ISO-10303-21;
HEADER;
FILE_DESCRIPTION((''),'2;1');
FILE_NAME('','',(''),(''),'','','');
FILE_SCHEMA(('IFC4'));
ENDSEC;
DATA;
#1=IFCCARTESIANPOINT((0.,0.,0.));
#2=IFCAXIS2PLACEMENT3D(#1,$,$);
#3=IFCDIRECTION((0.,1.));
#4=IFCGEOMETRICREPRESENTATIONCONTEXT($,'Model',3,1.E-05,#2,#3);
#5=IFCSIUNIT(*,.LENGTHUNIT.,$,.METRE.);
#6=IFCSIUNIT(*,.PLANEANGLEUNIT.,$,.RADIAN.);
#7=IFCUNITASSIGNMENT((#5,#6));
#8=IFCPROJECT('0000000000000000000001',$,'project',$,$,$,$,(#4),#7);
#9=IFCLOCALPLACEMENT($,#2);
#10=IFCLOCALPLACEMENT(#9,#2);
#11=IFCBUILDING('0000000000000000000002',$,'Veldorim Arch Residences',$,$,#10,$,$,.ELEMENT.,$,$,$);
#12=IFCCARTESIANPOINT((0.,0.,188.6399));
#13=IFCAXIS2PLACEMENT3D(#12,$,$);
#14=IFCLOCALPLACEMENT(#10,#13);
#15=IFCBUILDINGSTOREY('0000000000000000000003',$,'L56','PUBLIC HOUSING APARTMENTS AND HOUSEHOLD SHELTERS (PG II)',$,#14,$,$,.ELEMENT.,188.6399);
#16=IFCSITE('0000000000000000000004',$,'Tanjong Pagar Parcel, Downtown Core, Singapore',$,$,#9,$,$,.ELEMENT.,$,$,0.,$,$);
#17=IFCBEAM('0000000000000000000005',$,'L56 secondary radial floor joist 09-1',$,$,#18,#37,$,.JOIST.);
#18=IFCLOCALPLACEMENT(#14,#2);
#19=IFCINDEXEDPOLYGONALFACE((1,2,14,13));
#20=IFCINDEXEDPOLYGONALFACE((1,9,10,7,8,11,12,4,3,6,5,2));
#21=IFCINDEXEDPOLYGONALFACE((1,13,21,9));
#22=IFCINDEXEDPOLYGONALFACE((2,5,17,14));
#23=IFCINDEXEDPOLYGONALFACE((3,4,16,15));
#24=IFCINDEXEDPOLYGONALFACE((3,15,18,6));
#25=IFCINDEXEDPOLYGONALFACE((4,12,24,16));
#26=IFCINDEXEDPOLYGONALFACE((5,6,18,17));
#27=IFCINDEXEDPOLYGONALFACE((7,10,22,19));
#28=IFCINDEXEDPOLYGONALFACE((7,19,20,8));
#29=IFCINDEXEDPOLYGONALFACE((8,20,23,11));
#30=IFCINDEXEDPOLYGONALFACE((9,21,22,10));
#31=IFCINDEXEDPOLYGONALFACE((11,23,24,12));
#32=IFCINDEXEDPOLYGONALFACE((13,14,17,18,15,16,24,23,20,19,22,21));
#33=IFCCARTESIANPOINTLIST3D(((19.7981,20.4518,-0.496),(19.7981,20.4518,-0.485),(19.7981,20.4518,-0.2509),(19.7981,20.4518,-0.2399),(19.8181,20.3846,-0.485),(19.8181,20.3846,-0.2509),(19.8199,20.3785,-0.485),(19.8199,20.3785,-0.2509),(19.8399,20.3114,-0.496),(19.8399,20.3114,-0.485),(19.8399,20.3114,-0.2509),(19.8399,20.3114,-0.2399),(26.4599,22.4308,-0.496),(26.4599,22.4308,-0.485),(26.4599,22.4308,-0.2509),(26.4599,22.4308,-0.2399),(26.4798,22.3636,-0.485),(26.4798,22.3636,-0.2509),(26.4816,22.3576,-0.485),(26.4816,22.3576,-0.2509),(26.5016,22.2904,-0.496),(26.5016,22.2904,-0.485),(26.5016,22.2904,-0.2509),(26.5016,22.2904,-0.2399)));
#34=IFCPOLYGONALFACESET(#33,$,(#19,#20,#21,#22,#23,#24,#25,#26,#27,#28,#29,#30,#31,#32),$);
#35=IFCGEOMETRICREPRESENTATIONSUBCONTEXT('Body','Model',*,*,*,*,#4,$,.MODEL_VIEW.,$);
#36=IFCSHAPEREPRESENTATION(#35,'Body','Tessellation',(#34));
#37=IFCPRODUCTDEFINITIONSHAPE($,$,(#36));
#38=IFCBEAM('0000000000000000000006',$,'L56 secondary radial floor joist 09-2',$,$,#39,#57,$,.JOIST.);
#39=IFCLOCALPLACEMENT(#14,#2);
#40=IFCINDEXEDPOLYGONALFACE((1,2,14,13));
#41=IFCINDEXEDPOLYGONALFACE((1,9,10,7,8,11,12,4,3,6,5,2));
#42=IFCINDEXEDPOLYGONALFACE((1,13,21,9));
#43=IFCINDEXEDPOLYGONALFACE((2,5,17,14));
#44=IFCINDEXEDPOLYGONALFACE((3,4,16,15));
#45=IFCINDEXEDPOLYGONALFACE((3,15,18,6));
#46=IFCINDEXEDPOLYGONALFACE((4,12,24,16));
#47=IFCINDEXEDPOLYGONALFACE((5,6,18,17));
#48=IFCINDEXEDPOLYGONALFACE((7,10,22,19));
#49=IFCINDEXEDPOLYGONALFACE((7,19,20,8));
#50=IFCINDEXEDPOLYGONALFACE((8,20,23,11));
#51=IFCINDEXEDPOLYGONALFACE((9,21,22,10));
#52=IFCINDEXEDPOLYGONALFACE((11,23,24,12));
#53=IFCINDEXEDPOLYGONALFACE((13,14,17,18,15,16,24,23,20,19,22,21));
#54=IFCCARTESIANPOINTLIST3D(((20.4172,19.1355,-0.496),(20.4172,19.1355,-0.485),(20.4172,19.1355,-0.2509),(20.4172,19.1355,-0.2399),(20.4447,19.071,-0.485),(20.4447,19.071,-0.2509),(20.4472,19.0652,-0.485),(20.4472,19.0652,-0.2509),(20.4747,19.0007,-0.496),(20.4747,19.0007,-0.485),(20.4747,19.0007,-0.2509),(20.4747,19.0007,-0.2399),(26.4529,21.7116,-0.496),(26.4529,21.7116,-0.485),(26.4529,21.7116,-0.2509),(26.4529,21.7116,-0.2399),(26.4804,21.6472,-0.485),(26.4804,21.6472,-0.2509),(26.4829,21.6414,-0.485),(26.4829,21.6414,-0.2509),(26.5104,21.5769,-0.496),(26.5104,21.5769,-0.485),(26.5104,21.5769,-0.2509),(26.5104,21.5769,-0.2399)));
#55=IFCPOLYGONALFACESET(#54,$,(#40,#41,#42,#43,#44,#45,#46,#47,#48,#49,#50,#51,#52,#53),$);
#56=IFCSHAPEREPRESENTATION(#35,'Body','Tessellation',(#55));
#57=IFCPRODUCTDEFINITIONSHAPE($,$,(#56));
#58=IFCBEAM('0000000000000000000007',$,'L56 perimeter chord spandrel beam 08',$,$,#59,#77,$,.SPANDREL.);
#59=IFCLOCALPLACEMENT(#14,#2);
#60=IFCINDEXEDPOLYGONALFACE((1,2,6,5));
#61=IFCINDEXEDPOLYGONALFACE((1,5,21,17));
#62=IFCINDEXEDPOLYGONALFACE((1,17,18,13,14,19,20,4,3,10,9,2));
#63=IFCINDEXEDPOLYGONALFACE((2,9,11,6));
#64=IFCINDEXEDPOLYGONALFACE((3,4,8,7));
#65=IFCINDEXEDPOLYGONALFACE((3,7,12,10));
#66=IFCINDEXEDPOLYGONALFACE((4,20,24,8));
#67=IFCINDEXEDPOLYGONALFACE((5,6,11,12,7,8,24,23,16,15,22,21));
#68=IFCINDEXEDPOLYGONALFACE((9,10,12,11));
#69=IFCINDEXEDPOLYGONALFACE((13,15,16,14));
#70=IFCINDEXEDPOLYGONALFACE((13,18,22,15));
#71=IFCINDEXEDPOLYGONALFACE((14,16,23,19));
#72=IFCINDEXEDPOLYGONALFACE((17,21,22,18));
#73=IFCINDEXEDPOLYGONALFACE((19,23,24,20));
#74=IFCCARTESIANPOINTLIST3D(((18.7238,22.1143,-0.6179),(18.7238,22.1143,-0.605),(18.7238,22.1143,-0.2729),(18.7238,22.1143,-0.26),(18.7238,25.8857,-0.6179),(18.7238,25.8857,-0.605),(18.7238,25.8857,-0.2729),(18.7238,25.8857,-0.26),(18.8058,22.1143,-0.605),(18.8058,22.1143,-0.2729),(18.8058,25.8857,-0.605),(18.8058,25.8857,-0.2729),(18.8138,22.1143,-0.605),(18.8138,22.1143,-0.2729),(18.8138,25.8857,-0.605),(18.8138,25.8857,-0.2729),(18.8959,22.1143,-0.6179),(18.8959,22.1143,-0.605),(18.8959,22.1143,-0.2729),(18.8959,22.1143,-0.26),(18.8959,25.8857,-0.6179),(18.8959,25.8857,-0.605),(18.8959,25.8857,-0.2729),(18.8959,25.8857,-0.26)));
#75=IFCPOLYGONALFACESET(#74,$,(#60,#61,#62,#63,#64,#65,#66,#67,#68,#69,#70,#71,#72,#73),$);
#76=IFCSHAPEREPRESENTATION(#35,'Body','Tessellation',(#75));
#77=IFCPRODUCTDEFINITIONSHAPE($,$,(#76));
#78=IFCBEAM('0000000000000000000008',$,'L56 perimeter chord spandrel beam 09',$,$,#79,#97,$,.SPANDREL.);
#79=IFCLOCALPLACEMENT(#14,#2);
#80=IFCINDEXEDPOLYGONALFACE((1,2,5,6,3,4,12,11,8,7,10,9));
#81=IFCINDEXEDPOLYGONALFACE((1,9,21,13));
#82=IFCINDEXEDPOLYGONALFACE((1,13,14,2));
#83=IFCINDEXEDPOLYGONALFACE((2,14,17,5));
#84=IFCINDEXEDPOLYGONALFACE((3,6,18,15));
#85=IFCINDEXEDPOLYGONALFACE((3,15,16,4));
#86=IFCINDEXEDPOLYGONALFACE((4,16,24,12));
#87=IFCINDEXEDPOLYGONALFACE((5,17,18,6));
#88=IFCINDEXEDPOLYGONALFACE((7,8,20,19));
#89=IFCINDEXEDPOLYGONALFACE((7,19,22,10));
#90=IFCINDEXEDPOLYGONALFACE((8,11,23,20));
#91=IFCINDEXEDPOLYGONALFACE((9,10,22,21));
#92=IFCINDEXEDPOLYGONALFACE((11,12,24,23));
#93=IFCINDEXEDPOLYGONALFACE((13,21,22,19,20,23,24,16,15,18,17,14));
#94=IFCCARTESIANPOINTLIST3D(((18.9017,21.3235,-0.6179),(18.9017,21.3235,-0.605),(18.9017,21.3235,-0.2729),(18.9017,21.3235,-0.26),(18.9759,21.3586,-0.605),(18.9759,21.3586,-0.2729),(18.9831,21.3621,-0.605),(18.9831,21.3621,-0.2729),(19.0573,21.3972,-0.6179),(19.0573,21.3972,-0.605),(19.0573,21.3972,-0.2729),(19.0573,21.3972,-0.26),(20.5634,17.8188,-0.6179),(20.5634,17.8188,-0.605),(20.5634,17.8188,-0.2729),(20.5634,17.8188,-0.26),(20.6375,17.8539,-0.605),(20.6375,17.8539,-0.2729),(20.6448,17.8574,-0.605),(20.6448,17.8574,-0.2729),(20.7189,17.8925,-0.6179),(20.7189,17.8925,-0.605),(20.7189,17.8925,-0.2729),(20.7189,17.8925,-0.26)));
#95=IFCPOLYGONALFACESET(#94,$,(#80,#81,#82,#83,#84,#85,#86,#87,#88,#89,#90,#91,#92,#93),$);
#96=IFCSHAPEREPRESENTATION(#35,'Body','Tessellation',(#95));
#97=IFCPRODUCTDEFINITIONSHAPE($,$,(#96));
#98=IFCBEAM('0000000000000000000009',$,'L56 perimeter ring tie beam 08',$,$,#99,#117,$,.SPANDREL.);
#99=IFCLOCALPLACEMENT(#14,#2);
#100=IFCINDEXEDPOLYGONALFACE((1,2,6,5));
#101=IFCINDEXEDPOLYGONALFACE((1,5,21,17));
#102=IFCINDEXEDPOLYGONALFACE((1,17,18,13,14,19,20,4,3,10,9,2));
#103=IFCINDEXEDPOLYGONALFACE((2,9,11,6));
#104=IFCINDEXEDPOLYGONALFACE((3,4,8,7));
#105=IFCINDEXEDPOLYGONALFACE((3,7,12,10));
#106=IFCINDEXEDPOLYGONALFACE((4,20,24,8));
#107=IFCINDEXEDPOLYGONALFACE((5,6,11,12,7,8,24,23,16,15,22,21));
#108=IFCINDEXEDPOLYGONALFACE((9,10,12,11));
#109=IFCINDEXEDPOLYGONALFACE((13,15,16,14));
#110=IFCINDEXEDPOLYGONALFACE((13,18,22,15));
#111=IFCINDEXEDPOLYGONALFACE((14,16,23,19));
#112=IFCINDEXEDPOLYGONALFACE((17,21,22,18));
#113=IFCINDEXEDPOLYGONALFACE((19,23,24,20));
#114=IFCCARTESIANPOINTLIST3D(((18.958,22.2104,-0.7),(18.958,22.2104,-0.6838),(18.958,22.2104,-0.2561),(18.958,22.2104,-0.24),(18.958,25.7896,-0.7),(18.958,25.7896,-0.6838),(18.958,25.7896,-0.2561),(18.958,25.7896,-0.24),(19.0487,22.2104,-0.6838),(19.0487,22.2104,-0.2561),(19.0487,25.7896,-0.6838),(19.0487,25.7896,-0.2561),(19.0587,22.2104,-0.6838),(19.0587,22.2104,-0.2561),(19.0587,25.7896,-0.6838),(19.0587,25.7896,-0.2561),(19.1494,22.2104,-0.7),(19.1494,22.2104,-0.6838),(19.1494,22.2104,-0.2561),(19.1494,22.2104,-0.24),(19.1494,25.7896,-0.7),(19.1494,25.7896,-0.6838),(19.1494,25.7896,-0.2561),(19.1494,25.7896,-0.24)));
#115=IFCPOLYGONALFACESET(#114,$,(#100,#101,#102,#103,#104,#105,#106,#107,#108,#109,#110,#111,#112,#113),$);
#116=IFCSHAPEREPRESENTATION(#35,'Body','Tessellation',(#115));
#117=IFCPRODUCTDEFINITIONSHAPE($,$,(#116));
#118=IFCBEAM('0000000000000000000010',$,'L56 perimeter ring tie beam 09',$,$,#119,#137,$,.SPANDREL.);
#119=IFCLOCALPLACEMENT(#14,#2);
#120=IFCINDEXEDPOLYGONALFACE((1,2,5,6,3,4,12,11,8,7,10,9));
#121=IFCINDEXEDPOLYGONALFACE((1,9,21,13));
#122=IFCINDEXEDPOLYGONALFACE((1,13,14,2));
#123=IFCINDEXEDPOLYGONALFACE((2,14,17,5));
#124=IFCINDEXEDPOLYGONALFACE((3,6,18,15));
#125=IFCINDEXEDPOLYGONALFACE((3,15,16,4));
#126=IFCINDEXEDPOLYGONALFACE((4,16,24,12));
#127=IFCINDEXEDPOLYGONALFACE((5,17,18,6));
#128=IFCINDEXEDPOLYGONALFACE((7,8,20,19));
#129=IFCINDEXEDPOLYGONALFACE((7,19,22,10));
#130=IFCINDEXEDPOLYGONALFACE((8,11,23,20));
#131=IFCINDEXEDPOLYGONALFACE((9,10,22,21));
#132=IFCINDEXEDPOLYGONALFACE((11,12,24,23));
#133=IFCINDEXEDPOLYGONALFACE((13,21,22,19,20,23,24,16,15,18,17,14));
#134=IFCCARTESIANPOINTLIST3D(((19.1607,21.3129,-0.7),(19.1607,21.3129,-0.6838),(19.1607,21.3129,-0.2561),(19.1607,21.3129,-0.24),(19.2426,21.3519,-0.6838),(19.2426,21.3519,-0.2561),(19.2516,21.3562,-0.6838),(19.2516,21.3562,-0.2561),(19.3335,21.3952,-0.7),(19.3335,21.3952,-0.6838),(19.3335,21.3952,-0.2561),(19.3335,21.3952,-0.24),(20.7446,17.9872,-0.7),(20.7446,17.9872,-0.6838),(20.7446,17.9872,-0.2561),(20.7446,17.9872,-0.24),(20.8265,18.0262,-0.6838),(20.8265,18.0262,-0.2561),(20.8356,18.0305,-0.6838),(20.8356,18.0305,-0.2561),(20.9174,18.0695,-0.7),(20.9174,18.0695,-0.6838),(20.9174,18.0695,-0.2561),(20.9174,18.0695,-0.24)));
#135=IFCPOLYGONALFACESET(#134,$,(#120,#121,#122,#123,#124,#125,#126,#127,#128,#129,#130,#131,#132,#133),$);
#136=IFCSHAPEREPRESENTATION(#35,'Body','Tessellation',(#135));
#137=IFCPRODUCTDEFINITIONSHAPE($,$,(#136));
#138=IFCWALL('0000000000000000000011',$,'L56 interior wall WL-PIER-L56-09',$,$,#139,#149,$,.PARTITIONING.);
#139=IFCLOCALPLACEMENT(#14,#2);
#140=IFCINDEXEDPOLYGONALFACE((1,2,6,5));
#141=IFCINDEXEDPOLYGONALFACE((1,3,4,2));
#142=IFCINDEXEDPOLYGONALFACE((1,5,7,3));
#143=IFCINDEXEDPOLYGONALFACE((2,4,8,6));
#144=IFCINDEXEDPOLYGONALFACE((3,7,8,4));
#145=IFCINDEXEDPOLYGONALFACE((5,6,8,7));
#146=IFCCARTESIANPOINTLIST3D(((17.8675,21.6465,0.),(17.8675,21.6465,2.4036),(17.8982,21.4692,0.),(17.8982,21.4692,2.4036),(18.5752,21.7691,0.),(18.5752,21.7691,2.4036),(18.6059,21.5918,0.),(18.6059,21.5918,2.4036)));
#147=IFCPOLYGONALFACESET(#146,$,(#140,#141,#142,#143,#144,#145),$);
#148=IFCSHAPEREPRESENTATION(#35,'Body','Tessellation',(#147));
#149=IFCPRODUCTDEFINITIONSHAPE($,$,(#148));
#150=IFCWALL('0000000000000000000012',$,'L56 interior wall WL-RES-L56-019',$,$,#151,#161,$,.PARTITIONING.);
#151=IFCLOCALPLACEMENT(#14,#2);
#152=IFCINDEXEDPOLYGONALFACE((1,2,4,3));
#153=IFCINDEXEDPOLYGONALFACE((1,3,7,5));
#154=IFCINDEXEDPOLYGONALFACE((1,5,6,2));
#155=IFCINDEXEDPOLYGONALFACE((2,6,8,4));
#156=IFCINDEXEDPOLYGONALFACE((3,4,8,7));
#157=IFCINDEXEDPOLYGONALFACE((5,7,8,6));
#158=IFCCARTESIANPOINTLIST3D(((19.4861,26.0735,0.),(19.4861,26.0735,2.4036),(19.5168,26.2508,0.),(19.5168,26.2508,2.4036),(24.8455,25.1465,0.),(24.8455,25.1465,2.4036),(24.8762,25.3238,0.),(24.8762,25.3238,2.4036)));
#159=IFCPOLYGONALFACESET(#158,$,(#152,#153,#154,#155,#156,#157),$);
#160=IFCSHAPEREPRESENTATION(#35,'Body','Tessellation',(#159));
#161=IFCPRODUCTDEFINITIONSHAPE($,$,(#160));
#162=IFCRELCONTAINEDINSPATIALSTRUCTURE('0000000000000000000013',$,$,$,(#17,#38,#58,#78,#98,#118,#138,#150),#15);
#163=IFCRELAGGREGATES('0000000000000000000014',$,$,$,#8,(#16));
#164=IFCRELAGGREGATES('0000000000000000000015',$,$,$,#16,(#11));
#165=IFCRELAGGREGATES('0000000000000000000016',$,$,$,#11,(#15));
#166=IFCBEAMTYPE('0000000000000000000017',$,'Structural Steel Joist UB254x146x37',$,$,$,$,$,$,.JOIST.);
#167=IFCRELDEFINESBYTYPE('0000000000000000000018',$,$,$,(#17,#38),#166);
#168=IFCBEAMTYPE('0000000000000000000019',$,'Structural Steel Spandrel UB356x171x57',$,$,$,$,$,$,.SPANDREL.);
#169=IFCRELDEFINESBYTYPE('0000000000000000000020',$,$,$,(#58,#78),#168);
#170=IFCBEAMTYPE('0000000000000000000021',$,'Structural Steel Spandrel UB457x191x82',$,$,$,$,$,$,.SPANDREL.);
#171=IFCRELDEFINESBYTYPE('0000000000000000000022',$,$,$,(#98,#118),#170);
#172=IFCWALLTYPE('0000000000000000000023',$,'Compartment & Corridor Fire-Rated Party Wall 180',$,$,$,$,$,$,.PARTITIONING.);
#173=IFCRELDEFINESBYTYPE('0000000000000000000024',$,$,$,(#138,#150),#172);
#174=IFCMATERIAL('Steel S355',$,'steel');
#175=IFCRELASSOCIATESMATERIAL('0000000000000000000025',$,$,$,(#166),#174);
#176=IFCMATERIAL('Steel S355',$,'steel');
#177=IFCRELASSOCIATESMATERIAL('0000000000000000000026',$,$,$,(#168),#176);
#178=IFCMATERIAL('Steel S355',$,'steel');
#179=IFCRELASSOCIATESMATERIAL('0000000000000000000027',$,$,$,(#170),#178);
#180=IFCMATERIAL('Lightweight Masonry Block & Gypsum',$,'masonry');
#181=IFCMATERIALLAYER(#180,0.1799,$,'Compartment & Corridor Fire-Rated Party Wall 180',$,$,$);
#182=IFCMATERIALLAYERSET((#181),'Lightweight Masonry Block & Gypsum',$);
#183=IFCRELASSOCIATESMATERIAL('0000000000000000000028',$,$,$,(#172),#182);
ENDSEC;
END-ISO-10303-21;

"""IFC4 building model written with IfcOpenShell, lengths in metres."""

from ifc_helpers import new_model, si_unit, direction, frame, frame_2d, origin, origin_2d, place, context, subcontext, project, spatial, rectangle, i_section, extrude, material, layer, layer_set, material_profile, profile_set, type_object, element, save


model = new_model("IFC4")

# Units and contexts
model_context = context("Model", 3, precision=1e-05, world=origin(), true_north=direction((0.0, 1.0)))
body_context = subcontext(model_context, "Body", "Model", "MODEL_VIEW")
ifc_project = project(units=[si_unit("LENGTHUNIT", "METRE"), si_unit("PLANEANGLEUNIT", "RADIAN")], contexts=[model_context])

# Site, building, storey
site_placement = place(None, origin())
site = spatial("IfcSite", under=ifc_project, at=site_placement, Name="Tanjong Pagar Parcel, Downtown Core, Singapore", CompositionType="ELEMENT", RefElevation=0.0)
building_placement = place(site_placement, origin())
building = spatial("IfcBuilding", under=site, at=building_placement, Name="Veldorim Arch Residences", CompositionType="ELEMENT")
storey_placement = place(building_placement, frame((0.0, 0.0, 188.6399)))
storey = spatial("IfcBuildingStorey", under=building, at=storey_placement, Name="L56", Description="PUBLIC HOUSING APARTMENTS AND HOUSEHOLD SHELTERS (PG II)", CompositionType="ELEMENT", Elevation=188.6399)

# Beams
ifc_material_1 = material(Name="Steel S355", Category="steel")
ifc_material_profile_1 = material_profile(ifc_material_1, i_section(OverallWidth=0.1465, OverallDepth=0.2561, WebThickness=0.0063, FlangeThickness=0.011, at=origin_2d()), Name="UB254x146x37")
ifc_profile_set_1 = profile_set([ifc_material_profile_1], Name="Steel S355")
beam_type_1 = type_object("IfcBeamType", Name="Structural Steel Joist UB254x146x37", PredefinedType="JOIST", material=ifc_profile_set_1)
beam_1_placement = place(storey_placement, frame((26.4807, 22.3606, -0.3679), z_axis=(-0.958594, -0.284775, 0.0), x_axis=(0.284775, -0.958594, 0.0)))
element("IfcBeam", 1, at=beam_1_placement, inside=storey, type_object=beam_type_1, Name="L56 secondary radial floor joist 09-1", PredefinedType="JOIST", context=body_context, shape_type="SweptSolid", body=[
    extrude(i_section(OverallWidth=0.1465, OverallDepth=0.2561, WebThickness=0.0063, FlangeThickness=0.011, at=origin_2d()), origin(), (0.0, 0.0, 1.0), 6.9495),
])
beam_2_placement = place(storey_placement, frame((26.4817, 21.6443, -0.3679), z_axis=(-0.919725, -0.392563, 0.0), x_axis=(0.392563, -0.919725, 0.0)))
element("IfcBeam", 2, at=beam_2_placement, inside=storey, type_object=beam_type_1, Name="L56 secondary radial floor joist 09-2", PredefinedType="JOIST", context=body_context, shape_type="SweptSolid", body=[
    extrude(i_section(OverallWidth=0.1465, OverallDepth=0.2561, WebThickness=0.0063, FlangeThickness=0.011, at=origin_2d()), origin(), (0.0, 0.0, 1.0), 6.5625),
])
ifc_material_2 = material(Name="Steel S355", Category="steel")
ifc_material_profile_2 = material_profile(ifc_material_2, i_section(OverallWidth=0.1721, OverallDepth=0.3579, WebThickness=0.0081, FlangeThickness=0.0129, at=origin_2d()), Name="UB356x171x57")
ifc_profile_set_2 = profile_set([ifc_material_profile_2], Name="Steel S355")
beam_type_2 = type_object("IfcBeamType", Name="Structural Steel Spandrel UB356x171x57", PredefinedType="SPANDREL", material=ifc_profile_set_2)
beam_3_placement = place(storey_placement, frame((18.8098, 25.8857, -0.439), z_axis=(0.0, -1.0, 0.0), x_axis=(1.0, 0.0, 0.0)))
element("IfcBeam", 3, at=beam_3_placement, inside=storey, type_object=beam_type_2, Name="L56 perimeter chord spandrel beam 08", PredefinedType="SPANDREL", context=body_context, shape_type="SweptSolid", body=[
    extrude(i_section(OverallWidth=0.1721, OverallDepth=0.3579, WebThickness=0.0081, FlangeThickness=0.0129, at=origin_2d()), origin(), (0.0, 0.0, 1.0), 3.7715),
])
beam_4_placement = place(storey_placement, frame((18.9795, 21.3604, -0.439), z_axis=(0.428408, -0.903585, 0.0), x_axis=(0.903585, 0.428408, 0.0)))
element("IfcBeam", 4, at=beam_4_placement, inside=storey, type_object=beam_type_2, Name="L56 perimeter chord spandrel beam 09", PredefinedType="SPANDREL", context=body_context, shape_type="SweptSolid", body=[
    extrude(i_section(OverallWidth=0.1721, OverallDepth=0.3579, WebThickness=0.0081, FlangeThickness=0.0129, at=origin_2d()), origin(), (0.0, 0.0, 1.0), 3.8787),
])
ifc_material_3 = material(Name="Steel S355", Category="steel")
ifc_material_profile_3 = material_profile(ifc_material_3, i_section(OverallWidth=0.1914, OverallDepth=0.46, WebThickness=0.01, FlangeThickness=0.0161, at=origin_2d()), Name="UB457x191x82")
ifc_profile_set_3 = profile_set([ifc_material_profile_3], Name="Steel S355")
beam_type_3 = type_object("IfcBeamType", Name="Structural Steel Spandrel UB457x191x82", PredefinedType="SPANDREL", material=ifc_profile_set_3)
beam_5_placement = place(storey_placement, frame((19.0537, 25.7896, -0.47), z_axis=(0.0, -1.0, 0.0), x_axis=(1.0, 0.0, 0.0)))
element("IfcBeam", 5, at=beam_5_placement, inside=storey, type_object=beam_type_3, Name="L56 perimeter ring tie beam 08", PredefinedType="SPANDREL", context=body_context, shape_type="SweptSolid", body=[
    extrude(i_section(OverallWidth=0.1914, OverallDepth=0.46, WebThickness=0.01, FlangeThickness=0.0161, at=origin_2d()), origin(), (0.0, 0.0, 1.0), 3.5791),
])
beam_6_placement = place(storey_placement, frame((19.2471, 21.354, -0.47), z_axis=(0.430006, -0.902826, 0.0), x_axis=(0.902826, 0.430006, 0.0)))
element("IfcBeam", 6, at=beam_6_placement, inside=storey, type_object=beam_type_3, Name="L56 perimeter ring tie beam 09", PredefinedType="SPANDREL", context=body_context, shape_type="SweptSolid", body=[
    extrude(i_section(OverallWidth=0.1914, OverallDepth=0.46, WebThickness=0.01, FlangeThickness=0.0161, at=origin_2d()), origin(), (0.0, 0.0, 1.0), 3.6836),
])

# Walls
ifc_material_4 = material(Name="Lightweight Masonry Block & Gypsum", Category="masonry")
ifc_layer_1 = layer(ifc_material_4, 0.1799, Name="Compartment & Corridor Fire-Rated Party Wall 180")
ifc_layer_set_1 = layer_set([ifc_layer_1], Name="Lightweight Masonry Block & Gypsum")
wall_type_1 = type_object("IfcWallType", Name="Compartment & Corridor Fire-Rated Party Wall 180", PredefinedType="PARTITIONING", material=ifc_layer_set_1)
wall_1_placement = place(storey_placement, frame((18.5906, 21.6804, 0.0), z_axis=(0.0, 0.0, 1.0), x_axis=(-0.985336, -0.170624, 0.0)))
element("IfcWall", 7, at=wall_1_placement, inside=storey, type_object=wall_type_1, Name="L56 interior wall WL-PIER-L56-09", PredefinedType="PARTITIONING", context=body_context, shape_type="SweptSolid", body=[
    extrude(rectangle(XDim=0.7183, YDim=0.1799, at=frame_2d((0.3591, 0.0))), origin(), (0.0, 0.0, 1.0), 2.4036),
])
wall_2_placement = place(storey_placement, frame((24.8608, 25.2351, 0.0), z_axis=(0.0, 0.0, 1.0), x_axis=(-0.985368, 0.170438, 0.0)))
element("IfcWall", 8, at=wall_2_placement, inside=storey, type_object=wall_type_1, Name="L56 interior wall WL-RES-L56-019", PredefinedType="PARTITIONING", context=body_context, shape_type="SweptSolid", body=[
    extrude(rectangle(XDim=5.439, YDim=0.1799, at=frame_2d((2.7195, 0.0))), origin(), (0.0, 0.0, 1.0), 2.4036),
])

save(model, "model.ifc")
